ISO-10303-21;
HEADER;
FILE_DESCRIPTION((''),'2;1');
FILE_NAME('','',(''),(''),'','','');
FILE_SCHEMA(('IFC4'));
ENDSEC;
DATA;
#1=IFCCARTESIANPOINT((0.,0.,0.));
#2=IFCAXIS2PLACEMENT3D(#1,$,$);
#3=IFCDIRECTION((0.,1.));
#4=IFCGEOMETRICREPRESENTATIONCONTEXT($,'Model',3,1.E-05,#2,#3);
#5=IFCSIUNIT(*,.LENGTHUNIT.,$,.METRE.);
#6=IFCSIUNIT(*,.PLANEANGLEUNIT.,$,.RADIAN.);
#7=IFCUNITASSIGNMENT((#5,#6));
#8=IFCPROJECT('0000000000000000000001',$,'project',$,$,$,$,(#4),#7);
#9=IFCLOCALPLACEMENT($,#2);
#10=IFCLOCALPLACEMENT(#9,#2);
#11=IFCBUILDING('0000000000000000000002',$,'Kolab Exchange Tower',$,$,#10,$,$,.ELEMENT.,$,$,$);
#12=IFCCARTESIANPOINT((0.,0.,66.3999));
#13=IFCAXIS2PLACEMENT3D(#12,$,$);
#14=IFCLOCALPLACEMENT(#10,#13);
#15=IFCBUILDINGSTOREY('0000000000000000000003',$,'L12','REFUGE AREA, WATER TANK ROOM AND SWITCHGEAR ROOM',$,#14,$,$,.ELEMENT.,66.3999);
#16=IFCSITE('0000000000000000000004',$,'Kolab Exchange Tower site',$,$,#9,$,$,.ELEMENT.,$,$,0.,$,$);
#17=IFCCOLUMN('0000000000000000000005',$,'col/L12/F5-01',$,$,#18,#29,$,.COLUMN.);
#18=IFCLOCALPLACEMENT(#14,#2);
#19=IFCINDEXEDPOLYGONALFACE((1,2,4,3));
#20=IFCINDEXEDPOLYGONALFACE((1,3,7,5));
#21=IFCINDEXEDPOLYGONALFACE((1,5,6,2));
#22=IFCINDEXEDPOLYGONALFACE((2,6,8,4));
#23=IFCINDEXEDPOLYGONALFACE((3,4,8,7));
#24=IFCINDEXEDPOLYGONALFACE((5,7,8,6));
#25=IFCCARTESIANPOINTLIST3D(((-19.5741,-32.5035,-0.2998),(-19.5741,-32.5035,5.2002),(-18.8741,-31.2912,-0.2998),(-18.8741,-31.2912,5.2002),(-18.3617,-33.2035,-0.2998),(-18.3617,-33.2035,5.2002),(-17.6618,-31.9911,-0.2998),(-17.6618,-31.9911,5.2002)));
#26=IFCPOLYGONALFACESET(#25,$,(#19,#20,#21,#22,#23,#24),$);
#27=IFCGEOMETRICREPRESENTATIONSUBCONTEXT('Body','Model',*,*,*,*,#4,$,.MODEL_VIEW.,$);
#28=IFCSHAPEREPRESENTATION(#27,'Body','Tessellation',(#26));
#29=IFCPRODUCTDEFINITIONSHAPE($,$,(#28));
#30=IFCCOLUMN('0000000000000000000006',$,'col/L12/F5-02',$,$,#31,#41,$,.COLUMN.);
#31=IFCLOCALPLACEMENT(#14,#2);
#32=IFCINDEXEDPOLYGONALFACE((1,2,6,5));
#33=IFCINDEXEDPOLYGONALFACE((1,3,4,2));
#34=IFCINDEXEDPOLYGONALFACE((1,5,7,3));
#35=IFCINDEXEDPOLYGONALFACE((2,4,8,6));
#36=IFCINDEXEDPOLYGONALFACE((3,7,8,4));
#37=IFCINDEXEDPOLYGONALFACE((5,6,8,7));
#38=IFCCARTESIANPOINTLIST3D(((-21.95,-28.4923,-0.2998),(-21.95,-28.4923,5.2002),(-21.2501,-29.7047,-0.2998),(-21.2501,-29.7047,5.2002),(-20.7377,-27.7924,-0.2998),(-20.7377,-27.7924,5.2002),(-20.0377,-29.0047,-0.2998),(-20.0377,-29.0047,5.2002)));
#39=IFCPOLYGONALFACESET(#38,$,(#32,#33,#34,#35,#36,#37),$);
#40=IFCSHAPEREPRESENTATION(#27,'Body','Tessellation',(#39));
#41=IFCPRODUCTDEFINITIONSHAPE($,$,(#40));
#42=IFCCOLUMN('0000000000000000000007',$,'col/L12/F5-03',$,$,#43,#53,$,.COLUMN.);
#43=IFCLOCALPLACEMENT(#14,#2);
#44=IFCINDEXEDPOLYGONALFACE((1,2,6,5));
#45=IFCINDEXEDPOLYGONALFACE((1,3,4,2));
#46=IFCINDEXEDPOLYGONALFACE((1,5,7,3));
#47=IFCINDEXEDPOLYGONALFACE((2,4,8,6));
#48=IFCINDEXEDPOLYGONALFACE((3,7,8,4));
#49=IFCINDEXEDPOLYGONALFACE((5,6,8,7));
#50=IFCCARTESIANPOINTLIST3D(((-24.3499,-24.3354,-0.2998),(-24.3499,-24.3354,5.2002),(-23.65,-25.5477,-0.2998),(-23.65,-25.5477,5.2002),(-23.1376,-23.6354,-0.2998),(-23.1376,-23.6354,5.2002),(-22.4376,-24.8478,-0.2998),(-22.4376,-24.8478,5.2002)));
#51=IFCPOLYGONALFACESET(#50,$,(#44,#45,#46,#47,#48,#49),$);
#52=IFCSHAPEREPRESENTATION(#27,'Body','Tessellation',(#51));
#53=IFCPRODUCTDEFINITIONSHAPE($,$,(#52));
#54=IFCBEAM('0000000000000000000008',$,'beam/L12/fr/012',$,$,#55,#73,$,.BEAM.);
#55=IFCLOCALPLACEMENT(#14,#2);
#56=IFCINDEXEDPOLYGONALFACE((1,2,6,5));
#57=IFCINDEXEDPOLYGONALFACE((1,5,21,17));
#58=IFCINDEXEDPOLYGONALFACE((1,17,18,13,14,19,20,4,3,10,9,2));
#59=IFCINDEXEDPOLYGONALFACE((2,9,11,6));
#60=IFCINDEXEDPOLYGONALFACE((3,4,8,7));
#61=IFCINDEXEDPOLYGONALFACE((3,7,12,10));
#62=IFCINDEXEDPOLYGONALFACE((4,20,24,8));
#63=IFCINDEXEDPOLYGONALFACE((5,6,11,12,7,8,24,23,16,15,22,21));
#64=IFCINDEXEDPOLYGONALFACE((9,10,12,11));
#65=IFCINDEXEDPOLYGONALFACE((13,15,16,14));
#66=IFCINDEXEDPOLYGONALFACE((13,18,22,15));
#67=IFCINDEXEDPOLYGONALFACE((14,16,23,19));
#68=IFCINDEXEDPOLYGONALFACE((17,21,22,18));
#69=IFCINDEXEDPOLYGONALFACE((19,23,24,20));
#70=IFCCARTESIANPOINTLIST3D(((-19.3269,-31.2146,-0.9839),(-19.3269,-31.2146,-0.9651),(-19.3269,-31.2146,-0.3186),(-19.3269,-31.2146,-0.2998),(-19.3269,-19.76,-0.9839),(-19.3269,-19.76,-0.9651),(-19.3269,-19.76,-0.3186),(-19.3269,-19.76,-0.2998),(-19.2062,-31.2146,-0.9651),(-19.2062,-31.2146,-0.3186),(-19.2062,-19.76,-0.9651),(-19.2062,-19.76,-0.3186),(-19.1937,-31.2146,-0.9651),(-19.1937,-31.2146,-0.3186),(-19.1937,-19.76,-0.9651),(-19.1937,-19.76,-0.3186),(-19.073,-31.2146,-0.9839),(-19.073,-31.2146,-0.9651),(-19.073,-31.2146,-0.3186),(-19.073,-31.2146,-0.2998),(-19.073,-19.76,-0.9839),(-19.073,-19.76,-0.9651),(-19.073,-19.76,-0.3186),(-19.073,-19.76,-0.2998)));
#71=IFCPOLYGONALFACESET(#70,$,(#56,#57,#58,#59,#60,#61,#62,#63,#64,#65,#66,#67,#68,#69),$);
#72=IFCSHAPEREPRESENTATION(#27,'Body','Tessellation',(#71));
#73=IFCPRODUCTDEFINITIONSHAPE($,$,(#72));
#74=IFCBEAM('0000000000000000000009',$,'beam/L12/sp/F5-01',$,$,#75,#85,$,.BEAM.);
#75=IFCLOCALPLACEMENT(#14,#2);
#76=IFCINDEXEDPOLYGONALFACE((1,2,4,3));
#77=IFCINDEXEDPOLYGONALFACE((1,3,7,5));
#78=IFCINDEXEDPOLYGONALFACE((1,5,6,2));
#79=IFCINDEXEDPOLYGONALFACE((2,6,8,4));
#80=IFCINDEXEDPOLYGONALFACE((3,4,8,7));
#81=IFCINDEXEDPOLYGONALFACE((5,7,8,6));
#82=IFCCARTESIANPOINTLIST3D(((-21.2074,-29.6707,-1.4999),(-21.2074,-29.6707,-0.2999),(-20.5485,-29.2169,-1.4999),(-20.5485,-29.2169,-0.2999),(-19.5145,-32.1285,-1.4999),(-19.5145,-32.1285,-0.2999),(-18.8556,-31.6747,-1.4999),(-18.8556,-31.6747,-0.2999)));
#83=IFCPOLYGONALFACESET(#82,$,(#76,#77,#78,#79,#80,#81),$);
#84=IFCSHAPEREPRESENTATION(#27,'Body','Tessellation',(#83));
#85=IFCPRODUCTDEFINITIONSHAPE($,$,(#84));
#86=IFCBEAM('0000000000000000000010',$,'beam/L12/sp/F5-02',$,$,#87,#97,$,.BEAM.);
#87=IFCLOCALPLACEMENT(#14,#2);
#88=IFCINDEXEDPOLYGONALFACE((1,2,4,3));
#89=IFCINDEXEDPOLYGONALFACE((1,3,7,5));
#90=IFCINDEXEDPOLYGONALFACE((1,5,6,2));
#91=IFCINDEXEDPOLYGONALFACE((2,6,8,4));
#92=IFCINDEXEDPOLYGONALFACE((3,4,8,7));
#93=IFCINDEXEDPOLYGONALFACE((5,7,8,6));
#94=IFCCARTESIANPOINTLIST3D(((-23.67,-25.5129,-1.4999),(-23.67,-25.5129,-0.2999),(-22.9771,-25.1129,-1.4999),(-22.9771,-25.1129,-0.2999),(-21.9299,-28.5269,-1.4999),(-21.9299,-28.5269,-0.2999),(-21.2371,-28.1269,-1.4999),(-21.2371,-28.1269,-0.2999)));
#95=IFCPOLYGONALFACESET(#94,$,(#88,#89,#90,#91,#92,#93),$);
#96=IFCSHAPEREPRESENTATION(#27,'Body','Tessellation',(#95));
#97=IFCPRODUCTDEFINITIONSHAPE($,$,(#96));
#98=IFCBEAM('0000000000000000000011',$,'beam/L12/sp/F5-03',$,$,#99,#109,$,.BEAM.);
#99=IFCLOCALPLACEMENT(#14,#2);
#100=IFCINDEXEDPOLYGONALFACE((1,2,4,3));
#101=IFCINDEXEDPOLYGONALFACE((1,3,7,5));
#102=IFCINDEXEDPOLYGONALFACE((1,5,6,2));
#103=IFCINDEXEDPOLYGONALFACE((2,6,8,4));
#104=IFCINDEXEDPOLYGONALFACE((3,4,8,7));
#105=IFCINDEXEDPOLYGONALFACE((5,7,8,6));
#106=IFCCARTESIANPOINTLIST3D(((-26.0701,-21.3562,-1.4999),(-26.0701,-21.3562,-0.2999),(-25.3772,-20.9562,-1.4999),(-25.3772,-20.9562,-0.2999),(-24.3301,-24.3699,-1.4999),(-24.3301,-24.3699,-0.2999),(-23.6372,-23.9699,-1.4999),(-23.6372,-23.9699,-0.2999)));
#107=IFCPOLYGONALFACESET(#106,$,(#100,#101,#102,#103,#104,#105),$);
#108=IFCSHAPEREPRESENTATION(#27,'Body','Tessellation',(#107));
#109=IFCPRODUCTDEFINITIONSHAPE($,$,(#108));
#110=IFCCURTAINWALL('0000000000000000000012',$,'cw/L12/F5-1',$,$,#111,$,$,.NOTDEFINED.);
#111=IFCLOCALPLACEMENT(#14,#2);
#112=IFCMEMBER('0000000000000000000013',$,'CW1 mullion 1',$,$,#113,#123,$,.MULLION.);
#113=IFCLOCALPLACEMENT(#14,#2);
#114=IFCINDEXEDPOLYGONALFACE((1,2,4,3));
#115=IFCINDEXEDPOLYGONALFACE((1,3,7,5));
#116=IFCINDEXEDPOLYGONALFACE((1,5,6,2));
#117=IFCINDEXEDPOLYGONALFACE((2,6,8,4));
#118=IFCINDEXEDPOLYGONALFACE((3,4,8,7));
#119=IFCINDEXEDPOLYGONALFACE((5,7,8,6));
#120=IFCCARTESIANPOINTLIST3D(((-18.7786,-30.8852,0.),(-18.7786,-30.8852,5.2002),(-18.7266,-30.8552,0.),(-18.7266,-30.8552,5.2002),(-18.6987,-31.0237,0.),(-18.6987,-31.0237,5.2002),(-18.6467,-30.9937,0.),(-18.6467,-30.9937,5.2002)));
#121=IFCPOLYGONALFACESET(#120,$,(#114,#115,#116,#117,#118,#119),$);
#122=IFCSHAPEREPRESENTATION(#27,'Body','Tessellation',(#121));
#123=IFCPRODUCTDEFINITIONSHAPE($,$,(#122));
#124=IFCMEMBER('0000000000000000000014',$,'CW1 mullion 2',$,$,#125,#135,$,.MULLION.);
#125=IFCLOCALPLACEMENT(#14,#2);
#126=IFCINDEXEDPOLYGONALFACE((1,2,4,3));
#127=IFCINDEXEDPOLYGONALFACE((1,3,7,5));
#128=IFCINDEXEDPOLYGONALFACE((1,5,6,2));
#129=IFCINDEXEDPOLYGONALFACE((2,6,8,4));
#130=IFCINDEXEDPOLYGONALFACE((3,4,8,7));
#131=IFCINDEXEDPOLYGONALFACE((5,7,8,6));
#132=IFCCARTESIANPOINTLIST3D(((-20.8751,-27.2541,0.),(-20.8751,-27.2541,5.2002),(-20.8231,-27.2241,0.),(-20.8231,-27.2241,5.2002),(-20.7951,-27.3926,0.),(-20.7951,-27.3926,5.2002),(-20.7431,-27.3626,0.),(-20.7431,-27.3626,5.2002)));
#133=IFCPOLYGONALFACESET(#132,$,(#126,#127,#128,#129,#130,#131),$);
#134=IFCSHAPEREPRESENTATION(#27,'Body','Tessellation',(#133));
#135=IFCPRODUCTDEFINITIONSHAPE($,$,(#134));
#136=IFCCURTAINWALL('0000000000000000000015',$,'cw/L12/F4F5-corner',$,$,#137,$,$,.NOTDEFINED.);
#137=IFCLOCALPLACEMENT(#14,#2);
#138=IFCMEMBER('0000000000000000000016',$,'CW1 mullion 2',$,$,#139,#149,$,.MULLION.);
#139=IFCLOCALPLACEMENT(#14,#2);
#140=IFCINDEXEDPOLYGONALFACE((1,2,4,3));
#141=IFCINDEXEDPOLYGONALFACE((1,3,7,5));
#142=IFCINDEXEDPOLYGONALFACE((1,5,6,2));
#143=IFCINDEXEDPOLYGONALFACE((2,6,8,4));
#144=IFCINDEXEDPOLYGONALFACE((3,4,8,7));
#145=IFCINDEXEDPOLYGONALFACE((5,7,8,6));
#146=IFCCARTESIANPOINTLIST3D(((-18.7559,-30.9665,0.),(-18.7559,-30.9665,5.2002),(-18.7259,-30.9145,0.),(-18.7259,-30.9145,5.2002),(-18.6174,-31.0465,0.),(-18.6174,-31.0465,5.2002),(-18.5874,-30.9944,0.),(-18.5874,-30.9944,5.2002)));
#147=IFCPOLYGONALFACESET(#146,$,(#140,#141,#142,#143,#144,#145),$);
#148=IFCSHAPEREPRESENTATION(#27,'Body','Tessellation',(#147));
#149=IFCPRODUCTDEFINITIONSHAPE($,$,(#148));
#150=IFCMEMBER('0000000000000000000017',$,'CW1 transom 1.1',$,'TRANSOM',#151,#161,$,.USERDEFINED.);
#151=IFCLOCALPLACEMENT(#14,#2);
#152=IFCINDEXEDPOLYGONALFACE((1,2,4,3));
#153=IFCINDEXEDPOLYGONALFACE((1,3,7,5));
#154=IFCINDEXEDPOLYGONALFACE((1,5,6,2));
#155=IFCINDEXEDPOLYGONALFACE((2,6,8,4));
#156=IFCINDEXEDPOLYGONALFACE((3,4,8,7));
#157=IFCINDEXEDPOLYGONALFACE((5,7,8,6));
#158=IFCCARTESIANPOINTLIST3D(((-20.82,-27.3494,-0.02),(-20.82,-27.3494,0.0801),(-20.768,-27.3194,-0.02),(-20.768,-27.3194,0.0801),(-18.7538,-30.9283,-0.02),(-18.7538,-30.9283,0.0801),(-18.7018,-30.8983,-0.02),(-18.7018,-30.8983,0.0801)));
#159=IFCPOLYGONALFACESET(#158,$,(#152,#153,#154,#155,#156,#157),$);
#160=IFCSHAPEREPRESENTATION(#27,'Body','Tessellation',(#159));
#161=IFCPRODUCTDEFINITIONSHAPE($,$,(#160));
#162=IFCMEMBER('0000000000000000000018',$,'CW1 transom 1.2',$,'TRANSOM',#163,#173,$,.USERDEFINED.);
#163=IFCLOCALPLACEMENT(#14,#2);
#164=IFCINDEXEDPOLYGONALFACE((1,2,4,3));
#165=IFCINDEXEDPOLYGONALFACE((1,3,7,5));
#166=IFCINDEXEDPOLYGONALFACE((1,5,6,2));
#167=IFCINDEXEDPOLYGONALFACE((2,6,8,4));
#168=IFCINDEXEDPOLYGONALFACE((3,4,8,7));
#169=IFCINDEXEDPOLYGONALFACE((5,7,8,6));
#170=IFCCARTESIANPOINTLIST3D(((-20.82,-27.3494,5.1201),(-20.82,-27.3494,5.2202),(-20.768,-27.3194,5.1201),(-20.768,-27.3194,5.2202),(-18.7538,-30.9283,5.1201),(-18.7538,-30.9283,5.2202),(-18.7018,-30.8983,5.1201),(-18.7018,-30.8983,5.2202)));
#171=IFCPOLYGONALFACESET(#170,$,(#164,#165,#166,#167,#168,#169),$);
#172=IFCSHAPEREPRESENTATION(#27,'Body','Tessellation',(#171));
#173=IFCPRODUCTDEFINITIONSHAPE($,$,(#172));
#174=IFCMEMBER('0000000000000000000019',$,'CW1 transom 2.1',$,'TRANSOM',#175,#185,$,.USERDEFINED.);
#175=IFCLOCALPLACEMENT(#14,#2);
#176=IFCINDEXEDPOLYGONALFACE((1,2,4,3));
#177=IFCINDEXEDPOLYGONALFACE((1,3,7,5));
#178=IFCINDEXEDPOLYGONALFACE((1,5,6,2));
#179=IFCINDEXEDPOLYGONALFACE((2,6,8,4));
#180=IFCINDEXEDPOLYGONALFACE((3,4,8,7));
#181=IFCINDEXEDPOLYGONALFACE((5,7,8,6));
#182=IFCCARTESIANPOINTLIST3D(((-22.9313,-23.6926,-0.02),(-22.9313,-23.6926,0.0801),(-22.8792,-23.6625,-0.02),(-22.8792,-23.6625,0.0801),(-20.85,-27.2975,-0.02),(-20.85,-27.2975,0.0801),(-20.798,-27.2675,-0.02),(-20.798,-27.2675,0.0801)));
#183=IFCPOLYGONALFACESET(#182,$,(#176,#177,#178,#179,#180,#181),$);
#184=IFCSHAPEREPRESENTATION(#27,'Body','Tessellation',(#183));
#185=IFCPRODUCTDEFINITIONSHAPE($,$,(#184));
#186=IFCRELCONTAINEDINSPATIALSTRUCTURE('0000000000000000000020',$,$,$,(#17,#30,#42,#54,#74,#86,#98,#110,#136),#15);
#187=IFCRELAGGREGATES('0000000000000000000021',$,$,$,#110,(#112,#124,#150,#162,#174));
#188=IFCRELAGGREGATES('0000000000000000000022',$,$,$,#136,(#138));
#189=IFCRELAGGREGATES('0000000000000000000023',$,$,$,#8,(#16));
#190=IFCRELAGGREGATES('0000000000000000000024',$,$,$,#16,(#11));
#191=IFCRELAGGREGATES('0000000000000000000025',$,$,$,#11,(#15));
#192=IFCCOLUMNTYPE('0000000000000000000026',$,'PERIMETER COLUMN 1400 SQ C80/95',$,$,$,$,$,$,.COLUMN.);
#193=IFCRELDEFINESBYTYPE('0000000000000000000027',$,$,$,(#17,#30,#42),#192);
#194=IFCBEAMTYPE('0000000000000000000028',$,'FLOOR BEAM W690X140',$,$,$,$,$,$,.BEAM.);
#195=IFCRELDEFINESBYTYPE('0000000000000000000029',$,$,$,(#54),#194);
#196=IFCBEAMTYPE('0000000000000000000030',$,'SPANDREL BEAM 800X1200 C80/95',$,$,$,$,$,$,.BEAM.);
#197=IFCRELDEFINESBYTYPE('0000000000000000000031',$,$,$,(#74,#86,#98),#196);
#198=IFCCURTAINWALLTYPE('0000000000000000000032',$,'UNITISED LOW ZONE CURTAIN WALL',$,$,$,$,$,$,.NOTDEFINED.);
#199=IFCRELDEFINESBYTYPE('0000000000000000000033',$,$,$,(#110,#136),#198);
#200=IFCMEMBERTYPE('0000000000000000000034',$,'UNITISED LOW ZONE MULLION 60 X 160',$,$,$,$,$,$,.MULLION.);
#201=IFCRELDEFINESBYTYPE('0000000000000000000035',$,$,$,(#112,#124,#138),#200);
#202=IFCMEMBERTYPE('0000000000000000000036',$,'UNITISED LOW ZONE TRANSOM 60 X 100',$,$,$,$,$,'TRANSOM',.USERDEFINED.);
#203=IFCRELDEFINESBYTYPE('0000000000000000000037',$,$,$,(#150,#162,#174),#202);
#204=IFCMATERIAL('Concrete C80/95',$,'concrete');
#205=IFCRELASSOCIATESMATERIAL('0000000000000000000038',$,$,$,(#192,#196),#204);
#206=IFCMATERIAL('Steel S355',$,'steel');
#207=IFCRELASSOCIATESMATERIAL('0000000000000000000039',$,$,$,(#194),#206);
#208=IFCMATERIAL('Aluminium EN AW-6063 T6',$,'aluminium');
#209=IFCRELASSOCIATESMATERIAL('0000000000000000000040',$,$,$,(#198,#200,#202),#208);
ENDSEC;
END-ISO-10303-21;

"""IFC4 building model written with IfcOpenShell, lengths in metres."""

from ifc_helpers import new_model, si_unit, direction, frame, origin, origin_2d, place, context, subcontext, project, spatial, rectangle, i_section, extrude, material, material_profile, profile_set, type_object, element, aggregate, save


model = new_model("IFC4")

# Units and contexts
model_context = context("Model", 3, precision=1e-05, world=origin(), true_north=direction((0.0, 1.0)))
body_context = subcontext(model_context, "Body", "Model", "MODEL_VIEW")
ifc_project = project(units=[si_unit("LENGTHUNIT", "METRE"), si_unit("PLANEANGLEUNIT", "RADIAN")], contexts=[model_context])

# Site, building, storey
site_placement = place(None, origin())
site = spatial("IfcSite", under=ifc_project, at=site_placement, Name="Kolab Exchange Tower site", CompositionType="ELEMENT", RefElevation=0.0)
building_placement = place(site_placement, origin())
building = spatial("IfcBuilding", under=site, at=building_placement, Name="Kolab Exchange Tower", CompositionType="ELEMENT")
storey_placement = place(building_placement, frame((0.0, 0.0, 66.3999)))
storey = spatial("IfcBuildingStorey", under=building, at=storey_placement, Name="L12", Description="REFUGE AREA, WATER TANK ROOM AND SWITCHGEAR ROOM", CompositionType="ELEMENT", Elevation=66.3999)

# Columns
ifc_material_1 = material(Name="Concrete C80/95", Category="concrete")
ifc_material_profile_1 = material_profile(ifc_material_1, rectangle(XDim=1.3999, YDim=1.3999, at=origin_2d()), Name="RC1400")
ifc_profile_set_1 = profile_set([ifc_material_profile_1], Name="Concrete C80/95")
column_type = type_object("IfcColumnType", Name="PERIMETER COLUMN 1400 SQ C80/95", PredefinedType="COLUMN", material=ifc_profile_set_1)
for number, where, z_axis, x_axis, name in (
    (1, (-18.6179, -32.2473, -0.2998), (0.0, 0.0, 1.0), (0.5, 0.866025, 0.0), "col/L12/F5-01"),
    (2, (-20.9939, -28.7485, -0.2998), (0.0, 0.0, 1.0), (0.866025, 0.5, 0.0), "col/L12/F5-02"),
    (3, (-23.3938, -24.5916, -0.2998), (0.0, 0.0, 1.0), (0.866025, 0.5, 0.0), "col/L12/F5-03"),
):
    element("IfcColumn", number, at=place(storey_placement, frame(where, z_axis=z_axis, x_axis=x_axis)), inside=storey, type_object=column_type, Name=name, PredefinedType="COLUMN", context=body_context, shape_type="SweptSolid", body=[
        extrude(rectangle(XDim=1.3999, YDim=1.3999, at=origin_2d()), origin(), (0.0, 0.0, 1.0), 5.5),
    ])

# Beams
ifc_material_2 = material(Name="Steel S355", Category="steel")
ifc_material_profile_2 = material_profile(ifc_material_2, i_section(OverallWidth=0.2539, OverallDepth=0.6841, WebThickness=0.0125, FlangeThickness=0.0188, at=origin_2d()), Name="W690X140")
ifc_profile_set_2 = profile_set([ifc_material_profile_2], Name="Steel S355")
beam_type_1 = type_object("IfcBeamType", Name="FLOOR BEAM W690X140", PredefinedType="BEAM", material=ifc_profile_set_2)
beam_1_placement = place(storey_placement, frame((-19.2, -31.2146, -0.6418), z_axis=(0.0, 1.0, 0.0), x_axis=(-1.0, 0.0, 0.0)))
element("IfcBeam", 4, at=beam_1_placement, inside=storey, type_object=beam_type_1, Name="beam/L12/fr/012", PredefinedType="BEAM", context=body_context, shape_type="SweptSolid", body=[
    extrude(i_section(OverallWidth=0.2539, OverallDepth=0.6841, WebThickness=0.0125, FlangeThickness=0.0188, at=origin_2d()), origin(), (0.0, 0.0, 1.0), 11.4546),
])
ifc_material_profile_3 = material_profile(ifc_material_1, rectangle(XDim=0.8, YDim=1.2, at=origin_2d()), Name="RC800X1200")
ifc_profile_set_3 = profile_set([ifc_material_profile_3], Name="Concrete C80/95")
beam_type_2 = type_object("IfcBeamType", Name="SPANDREL BEAM 800X1200 C80/95", PredefinedType="BEAM", material=ifc_profile_set_3)
beam_2_placement = place(storey_placement, frame((-19.1851, -31.9016, -0.8999), z_axis=(-0.567247, 0.823548, 0.0), x_axis=(-0.823548, -0.567247, 0.0)))
element("IfcBeam", 5, at=beam_2_placement, inside=storey, type_object=beam_type_2, Name="beam/L12/sp/F5-01", PredefinedType="BEAM", context=body_context, shape_type="SweptSolid", body=[
    extrude(rectangle(XDim=0.8, YDim=1.2, at=origin_2d()), origin(), (0.0, 0.0, 1.0), 2.9844),
])
beam_3_placement = place(storey_placement, frame((-21.5835, -28.3269, -0.8999), z_axis=(-0.49998, 0.866037, 0.0), x_axis=(-0.866037, -0.49998, 0.0)))
element("IfcBeam", 6, at=beam_3_placement, inside=storey, type_object=beam_type_2, Name="beam/L12/sp/F5-02", PredefinedType="BEAM", context=body_context, shape_type="SweptSolid", body=[
    extrude(rectangle(XDim=0.8, YDim=1.2, at=origin_2d()), origin(), (0.0, 0.0, 1.0), 3.4802),
])
beam_4_placement = place(storey_placement, frame((-23.9836, -24.1699, -0.8999), z_axis=(-0.50001, 0.86602, 0.0), x_axis=(-0.86602, -0.50001, 0.0)))
element("IfcBeam", 7, at=beam_4_placement, inside=storey, type_object=beam_type_2, Name="beam/L12/sp/F5-03", PredefinedType="BEAM", context=body_context, shape_type="SweptSolid", body=[
    extrude(rectangle(XDim=0.8, YDim=1.2, at=origin_2d()), origin(), (0.0, 0.0, 1.0), 3.48),
])

# Curtain wall, members
ifc_material_3 = material(Name="Aluminium EN AW-6063 T6", Category="aluminium")
curtain_wall_type = type_object("IfcCurtainWallType", Name="UNITISED LOW ZONE CURTAIN WALL", PredefinedType="NOTDEFINED", material=ifc_material_3)
curtain_wall_1_placement = place(storey_placement, origin())
curtain_wall_1 = element("IfcCurtainWall", 8, at=curtain_wall_1_placement, inside=storey, type_object=curtain_wall_type, Name="cw/L12/F5-1", PredefinedType="NOTDEFINED")
ifc_material_profile_4 = material_profile(ifc_material_3, rectangle(XDim=0.0601, YDim=0.1599, at=origin_2d()), Name="RECT 60X160")
ifc_profile_set_4 = profile_set([ifc_material_profile_4], Name="Aluminium EN AW-6063 T6")
member_type_1 = type_object("IfcMemberType", Name="UNITISED LOW ZONE MULLION 60 X 160", PredefinedType="MULLION", material=ifc_profile_set_4)
member_1_placement = place(storey_placement, frame((-18.7126, -30.9395, 0.0), z_axis=(0.0, 0.0, 1.0), x_axis=(-0.866025, -0.5, 0.0)))
member_1 = element("IfcMember", 9, at=member_1_placement, type_object=member_type_1, Name="CW1 mullion 1", PredefinedType="MULLION", context=body_context, shape_type="SweptSolid", body=[
    extrude(rectangle(XDim=0.0601, YDim=0.1599, at=origin_2d()), origin(), (0.0, 0.0, 1.0), 5.2002),
])
member_2_placement = place(storey_placement, frame((-20.8091, -27.3083, 0.0), z_axis=(0.0, 0.0, 1.0), x_axis=(-0.866025, -0.5, 0.0)))
member_2 = element("IfcMember", 10, at=member_2_placement, type_object=member_type_1, Name="CW1 mullion 2", PredefinedType="MULLION", context=body_context, shape_type="SweptSolid", body=[
    extrude(rectangle(XDim=0.0601, YDim=0.1599, at=origin_2d()), origin(), (0.0, 0.0, 1.0), 5.2002),
])

# Curtain wall, member
curtain_wall_2_placement = place(storey_placement, origin())
curtain_wall_2 = element("IfcCurtainWall", 11, at=curtain_wall_2_placement, inside=storey, type_object=curtain_wall_type, Name="cw/L12/F4F5-corner", PredefinedType="NOTDEFINED")
member_3_placement = place(storey_placement, frame((-18.6716, -30.9805, 0.0), z_axis=(0.0, 0.0, 1.0), x_axis=(-0.5, -0.866025, 0.0)))
member_3 = element("IfcMember", 12, at=member_3_placement, type_object=member_type_1, Name="CW1 mullion 2", PredefinedType="MULLION", context=body_context, shape_type="SweptSolid", body=[
    extrude(rectangle(XDim=0.0601, YDim=0.1599, at=origin_2d()), origin(), (0.0, 0.0, 1.0), 5.2002),
])

# Members
ifc_material_profile_5 = material_profile(ifc_material_3, rectangle(XDim=0.0601, YDim=0.1001, at=origin_2d()), Name="RECT 60X100")
ifc_profile_set_5 = profile_set([ifc_material_profile_5], Name="Aluminium EN AW-6063 T6")
member_type_2 = type_object("IfcMemberType", Name="UNITISED LOW ZONE TRANSOM 60 X 100", ElementType="TRANSOM", PredefinedType="USERDEFINED", material=ifc_profile_set_5)
member_4_placement = place(storey_placement, frame((-18.7278, -30.9133, 0.03), z_axis=(-0.499983, 0.866035, 0.0), x_axis=(-0.866035, -0.499983, 0.0)))
member_4 = element("IfcMember", 13, at=member_4_placement, type_object=member_type_2, Name="CW1 transom 1.1", ObjectType="TRANSOM", PredefinedType="USERDEFINED", context=body_context, shape_type="SweptSolid", body=[
    extrude(rectangle(XDim=0.0601, YDim=0.1001, at=origin_2d()), origin(), (0.0, 0.0, 1.0), 4.1326),
])
member_5_placement = place(storey_placement, frame((-18.7278, -30.9133, 5.1702), z_axis=(-0.499983, 0.866035, 0.0), x_axis=(-0.866035, -0.499983, 0.0)))
member_5 = element("IfcMember", 14, at=member_5_placement, type_object=member_type_2, Name="CW1 transom 1.2", ObjectType="TRANSOM", PredefinedType="USERDEFINED", context=body_context, shape_type="SweptSolid", body=[
    extrude(rectangle(XDim=0.0601, YDim=0.1001, at=origin_2d()), origin(), (0.0, 0.0, 1.0), 4.1326),
])
member_6_placement = place(storey_placement, frame((-20.824, -27.2825, 0.03), z_axis=(-0.499993, 0.866029, 0.0), x_axis=(-0.866029, -0.499993, 0.0)))
member_6 = element("IfcMember", 15, at=member_6_placement, type_object=member_type_2, Name="CW1 transom 2.1", ObjectType="TRANSOM", PredefinedType="USERDEFINED", context=body_context, shape_type="SweptSolid", body=[
    extrude(rectangle(XDim=0.0601, YDim=0.1001, at=origin_2d()), origin(), (0.0, 0.0, 1.0), 4.1626),
])

aggregate(curtain_wall_1, [member_1, member_2, member_4, member_5, member_6])
aggregate(curtain_wall_2, [member_3])

save(model, "model.ifc")
